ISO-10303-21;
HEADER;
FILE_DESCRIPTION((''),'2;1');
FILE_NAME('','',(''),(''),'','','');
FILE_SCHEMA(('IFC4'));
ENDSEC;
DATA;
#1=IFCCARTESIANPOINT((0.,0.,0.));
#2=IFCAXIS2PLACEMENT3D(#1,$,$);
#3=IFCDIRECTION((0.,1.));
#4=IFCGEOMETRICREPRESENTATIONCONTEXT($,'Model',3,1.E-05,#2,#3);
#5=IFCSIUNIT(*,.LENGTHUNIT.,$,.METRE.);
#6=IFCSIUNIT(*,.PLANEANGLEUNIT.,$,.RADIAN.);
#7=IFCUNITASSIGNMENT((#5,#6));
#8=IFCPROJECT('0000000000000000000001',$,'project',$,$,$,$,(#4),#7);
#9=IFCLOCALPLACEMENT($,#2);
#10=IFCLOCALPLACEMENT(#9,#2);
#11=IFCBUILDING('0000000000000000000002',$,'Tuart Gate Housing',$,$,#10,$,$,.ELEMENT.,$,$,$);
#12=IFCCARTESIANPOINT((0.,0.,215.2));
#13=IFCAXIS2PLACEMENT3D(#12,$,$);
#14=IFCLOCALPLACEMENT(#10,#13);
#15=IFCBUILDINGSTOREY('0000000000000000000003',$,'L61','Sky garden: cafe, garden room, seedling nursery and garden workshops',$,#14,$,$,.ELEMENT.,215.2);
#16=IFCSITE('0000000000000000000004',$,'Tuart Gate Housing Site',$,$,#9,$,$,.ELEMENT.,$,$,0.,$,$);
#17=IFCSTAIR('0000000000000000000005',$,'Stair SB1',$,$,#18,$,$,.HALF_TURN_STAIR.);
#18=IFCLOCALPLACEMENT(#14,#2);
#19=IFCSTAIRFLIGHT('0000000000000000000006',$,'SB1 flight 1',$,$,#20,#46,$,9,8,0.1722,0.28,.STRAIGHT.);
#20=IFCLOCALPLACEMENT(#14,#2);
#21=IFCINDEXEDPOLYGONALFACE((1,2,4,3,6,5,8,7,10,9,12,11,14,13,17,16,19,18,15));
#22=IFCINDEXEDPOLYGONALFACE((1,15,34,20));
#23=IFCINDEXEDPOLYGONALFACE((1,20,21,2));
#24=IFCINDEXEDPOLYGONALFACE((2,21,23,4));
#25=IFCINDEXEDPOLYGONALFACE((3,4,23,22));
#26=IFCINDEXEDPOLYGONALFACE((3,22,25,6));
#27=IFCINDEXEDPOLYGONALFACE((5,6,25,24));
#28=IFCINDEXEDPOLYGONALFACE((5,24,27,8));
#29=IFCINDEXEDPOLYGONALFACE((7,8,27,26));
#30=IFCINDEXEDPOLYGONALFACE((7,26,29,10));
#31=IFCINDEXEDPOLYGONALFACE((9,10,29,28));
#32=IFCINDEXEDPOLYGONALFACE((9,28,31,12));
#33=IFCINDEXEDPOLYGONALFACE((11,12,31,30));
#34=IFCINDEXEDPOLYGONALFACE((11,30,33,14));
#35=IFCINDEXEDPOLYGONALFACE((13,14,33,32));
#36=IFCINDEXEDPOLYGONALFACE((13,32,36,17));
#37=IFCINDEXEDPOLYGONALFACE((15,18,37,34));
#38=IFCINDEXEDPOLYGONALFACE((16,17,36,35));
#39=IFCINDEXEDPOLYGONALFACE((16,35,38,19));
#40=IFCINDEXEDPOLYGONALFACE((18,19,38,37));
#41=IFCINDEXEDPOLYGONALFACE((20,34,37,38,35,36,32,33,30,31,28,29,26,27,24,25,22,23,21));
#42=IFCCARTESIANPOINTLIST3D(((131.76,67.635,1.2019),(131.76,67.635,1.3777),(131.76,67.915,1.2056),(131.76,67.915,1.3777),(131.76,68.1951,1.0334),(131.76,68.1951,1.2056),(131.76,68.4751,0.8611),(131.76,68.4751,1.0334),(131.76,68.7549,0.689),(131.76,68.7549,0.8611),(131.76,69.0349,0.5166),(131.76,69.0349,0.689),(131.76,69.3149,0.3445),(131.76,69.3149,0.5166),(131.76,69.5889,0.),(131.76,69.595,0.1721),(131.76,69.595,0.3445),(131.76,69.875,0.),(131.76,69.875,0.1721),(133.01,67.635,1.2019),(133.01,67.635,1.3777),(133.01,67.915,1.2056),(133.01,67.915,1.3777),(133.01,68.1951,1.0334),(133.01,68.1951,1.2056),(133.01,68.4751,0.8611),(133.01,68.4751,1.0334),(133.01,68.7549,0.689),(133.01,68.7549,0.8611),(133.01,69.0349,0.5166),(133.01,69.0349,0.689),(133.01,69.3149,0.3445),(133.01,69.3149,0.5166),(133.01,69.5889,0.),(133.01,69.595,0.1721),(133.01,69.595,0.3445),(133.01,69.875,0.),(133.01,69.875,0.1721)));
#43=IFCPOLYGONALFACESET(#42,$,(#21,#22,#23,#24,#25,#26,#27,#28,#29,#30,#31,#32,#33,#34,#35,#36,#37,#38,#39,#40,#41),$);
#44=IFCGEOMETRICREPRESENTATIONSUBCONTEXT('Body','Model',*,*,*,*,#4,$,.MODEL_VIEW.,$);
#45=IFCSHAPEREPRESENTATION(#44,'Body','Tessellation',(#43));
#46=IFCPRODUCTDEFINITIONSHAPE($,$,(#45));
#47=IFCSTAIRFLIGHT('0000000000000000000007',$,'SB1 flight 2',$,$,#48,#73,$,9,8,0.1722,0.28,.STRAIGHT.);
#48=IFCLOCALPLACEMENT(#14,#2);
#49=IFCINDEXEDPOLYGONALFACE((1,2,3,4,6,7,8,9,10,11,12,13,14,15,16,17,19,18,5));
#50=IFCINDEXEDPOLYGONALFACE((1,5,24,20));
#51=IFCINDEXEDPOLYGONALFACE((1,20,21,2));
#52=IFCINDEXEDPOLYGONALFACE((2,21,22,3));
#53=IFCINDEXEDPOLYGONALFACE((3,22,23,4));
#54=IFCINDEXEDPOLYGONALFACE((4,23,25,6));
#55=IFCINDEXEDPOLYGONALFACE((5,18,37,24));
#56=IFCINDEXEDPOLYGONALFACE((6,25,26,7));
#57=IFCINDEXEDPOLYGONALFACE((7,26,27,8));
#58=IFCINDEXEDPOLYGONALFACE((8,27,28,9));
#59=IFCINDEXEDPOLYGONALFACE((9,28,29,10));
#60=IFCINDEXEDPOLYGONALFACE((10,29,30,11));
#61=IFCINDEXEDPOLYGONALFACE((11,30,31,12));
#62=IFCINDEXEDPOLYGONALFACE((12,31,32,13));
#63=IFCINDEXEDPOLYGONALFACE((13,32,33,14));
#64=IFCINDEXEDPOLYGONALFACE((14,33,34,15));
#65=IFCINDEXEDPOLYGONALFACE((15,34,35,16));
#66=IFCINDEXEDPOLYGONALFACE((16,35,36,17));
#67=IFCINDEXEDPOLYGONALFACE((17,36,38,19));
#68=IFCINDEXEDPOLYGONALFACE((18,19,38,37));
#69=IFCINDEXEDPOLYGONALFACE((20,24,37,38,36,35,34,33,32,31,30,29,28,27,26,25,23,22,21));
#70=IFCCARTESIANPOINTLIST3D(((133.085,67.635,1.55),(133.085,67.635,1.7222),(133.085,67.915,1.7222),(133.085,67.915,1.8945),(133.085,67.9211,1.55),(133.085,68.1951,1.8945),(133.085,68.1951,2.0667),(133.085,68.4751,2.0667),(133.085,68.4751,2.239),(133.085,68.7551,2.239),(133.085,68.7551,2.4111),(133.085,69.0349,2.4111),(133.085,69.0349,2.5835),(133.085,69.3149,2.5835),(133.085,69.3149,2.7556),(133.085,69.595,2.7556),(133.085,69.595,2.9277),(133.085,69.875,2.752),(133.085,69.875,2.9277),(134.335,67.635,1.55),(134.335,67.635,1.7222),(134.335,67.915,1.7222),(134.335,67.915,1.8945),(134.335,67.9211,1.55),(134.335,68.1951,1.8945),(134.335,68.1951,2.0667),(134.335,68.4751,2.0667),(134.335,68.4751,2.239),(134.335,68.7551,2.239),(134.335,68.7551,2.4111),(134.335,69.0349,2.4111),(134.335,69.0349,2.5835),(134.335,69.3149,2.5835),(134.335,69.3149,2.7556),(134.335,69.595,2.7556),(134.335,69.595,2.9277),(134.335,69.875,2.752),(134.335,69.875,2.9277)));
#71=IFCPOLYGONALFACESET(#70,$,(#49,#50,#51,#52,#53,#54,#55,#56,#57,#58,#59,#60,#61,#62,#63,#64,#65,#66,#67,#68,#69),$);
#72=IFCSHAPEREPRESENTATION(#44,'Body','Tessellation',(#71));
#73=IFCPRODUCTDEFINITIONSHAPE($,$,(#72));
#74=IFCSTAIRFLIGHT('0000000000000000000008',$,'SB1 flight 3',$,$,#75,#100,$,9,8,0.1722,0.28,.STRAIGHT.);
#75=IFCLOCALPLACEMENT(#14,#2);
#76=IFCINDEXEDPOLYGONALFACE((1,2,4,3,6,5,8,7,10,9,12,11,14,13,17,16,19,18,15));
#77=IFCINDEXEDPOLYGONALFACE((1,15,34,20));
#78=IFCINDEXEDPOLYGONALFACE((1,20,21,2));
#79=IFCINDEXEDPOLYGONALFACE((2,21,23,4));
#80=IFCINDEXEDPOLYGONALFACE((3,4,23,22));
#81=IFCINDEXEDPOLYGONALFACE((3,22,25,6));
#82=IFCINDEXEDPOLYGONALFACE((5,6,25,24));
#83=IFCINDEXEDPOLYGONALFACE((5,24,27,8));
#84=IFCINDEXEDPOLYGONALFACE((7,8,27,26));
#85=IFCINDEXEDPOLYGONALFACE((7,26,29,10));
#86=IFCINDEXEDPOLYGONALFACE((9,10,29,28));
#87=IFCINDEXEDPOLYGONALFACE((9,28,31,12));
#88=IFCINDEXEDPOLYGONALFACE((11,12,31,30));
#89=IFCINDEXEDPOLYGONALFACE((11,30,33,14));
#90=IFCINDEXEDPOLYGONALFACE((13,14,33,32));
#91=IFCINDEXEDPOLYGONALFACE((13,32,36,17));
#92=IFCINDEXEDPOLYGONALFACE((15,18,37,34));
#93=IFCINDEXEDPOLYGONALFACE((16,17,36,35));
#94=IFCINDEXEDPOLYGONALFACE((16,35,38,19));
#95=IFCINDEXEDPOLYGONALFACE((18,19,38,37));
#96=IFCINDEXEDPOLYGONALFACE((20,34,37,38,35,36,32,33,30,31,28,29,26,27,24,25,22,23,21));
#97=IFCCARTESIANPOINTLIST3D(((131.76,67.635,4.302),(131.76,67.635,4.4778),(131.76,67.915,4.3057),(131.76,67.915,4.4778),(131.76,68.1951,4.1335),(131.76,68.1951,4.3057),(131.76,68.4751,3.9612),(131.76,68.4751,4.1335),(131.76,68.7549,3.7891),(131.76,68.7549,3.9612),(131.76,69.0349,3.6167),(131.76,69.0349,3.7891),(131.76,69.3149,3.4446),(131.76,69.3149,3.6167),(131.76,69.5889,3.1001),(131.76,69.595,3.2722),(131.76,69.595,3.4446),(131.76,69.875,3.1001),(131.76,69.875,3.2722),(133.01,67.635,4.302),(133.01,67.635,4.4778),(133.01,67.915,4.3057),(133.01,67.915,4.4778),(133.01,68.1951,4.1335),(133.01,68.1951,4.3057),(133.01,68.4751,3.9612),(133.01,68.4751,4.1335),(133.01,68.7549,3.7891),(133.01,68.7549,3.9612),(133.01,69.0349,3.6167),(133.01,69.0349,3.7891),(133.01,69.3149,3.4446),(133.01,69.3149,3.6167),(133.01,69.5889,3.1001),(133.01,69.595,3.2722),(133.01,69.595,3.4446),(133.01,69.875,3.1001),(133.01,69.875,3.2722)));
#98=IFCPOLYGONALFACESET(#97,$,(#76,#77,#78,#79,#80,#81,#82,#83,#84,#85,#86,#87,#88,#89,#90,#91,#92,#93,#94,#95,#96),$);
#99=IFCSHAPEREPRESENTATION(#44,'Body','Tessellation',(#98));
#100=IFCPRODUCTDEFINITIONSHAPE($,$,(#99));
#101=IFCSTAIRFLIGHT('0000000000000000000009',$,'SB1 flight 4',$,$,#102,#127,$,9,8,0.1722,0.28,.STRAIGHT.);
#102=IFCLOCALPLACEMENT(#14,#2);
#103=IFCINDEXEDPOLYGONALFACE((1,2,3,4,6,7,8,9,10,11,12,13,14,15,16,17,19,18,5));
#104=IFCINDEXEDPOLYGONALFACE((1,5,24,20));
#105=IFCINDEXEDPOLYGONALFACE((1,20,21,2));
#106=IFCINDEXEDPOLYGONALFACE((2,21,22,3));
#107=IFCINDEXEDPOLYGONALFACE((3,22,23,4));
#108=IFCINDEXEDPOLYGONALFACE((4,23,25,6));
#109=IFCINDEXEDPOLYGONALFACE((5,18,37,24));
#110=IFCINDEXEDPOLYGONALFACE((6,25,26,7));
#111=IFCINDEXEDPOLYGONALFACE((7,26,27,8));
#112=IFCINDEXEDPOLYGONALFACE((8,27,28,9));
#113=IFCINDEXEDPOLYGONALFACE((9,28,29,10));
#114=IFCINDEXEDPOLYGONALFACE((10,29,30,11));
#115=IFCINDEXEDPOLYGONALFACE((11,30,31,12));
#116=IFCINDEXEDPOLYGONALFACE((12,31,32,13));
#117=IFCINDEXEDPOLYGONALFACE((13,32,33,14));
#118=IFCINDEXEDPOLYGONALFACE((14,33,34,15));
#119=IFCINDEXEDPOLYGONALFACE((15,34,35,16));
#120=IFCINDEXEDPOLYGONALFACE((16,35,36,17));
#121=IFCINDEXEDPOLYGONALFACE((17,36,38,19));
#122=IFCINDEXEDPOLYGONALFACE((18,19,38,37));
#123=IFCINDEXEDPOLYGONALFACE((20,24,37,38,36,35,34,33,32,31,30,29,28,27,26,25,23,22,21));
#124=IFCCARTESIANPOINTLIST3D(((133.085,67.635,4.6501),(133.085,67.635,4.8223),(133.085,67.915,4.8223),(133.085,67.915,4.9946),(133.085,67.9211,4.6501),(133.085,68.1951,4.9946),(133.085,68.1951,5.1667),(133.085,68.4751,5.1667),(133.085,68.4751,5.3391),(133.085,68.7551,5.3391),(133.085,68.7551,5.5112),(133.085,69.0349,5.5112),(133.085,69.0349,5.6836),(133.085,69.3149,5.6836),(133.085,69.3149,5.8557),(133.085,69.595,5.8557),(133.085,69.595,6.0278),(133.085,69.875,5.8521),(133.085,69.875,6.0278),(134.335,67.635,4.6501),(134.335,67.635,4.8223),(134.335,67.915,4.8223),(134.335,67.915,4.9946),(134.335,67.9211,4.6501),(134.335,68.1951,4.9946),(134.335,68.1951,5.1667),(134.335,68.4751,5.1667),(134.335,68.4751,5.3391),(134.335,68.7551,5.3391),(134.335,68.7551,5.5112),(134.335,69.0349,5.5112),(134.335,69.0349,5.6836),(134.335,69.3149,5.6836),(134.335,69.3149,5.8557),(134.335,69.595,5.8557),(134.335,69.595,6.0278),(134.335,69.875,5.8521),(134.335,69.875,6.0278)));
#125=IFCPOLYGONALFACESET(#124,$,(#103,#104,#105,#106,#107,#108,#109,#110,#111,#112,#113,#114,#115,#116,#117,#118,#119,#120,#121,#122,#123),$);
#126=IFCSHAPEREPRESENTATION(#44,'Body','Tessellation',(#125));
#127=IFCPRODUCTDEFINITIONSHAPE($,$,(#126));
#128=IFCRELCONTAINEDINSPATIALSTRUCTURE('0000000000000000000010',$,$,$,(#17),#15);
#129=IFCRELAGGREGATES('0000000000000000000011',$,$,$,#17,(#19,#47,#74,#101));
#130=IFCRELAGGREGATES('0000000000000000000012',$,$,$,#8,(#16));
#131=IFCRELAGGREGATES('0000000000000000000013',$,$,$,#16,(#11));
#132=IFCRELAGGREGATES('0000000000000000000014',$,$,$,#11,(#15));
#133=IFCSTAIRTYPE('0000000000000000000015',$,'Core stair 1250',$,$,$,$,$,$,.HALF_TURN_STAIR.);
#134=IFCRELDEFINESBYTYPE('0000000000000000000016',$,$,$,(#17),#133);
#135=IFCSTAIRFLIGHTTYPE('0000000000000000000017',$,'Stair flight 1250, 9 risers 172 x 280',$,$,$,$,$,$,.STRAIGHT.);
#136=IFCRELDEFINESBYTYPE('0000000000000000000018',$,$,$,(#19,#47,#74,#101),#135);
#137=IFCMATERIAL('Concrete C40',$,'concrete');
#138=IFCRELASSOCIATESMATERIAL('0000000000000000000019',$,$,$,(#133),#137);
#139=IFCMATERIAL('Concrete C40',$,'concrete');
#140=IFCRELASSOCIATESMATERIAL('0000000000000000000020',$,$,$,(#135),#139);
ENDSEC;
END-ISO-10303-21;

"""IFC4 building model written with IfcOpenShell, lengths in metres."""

from ifc_helpers import new_model, si_unit, direction, frame, origin, place, context, subcontext, project, spatial, polyline, outline, extrude, material, type_object, element, aggregate, save


model = new_model("IFC4")

# Units and contexts
model_context = context("Model", 3, precision=1e-05, world=origin(), true_north=direction((0.0, 1.0)))
body_context = subcontext(model_context, "Body", "Model", "MODEL_VIEW")
ifc_project = project(units=[si_unit("LENGTHUNIT", "METRE"), si_unit("PLANEANGLEUNIT", "RADIAN")], contexts=[model_context])

# Site, building, storey
site_placement = place(None, origin())
site = spatial("IfcSite", under=ifc_project, at=site_placement, Name="Tuart Gate Housing Site", CompositionType="ELEMENT", RefElevation=0.0)
building_placement = place(site_placement, origin())
building = spatial("IfcBuilding", under=site, at=building_placement, Name="Tuart Gate Housing", CompositionType="ELEMENT")
storey_placement = place(building_placement, frame((0.0, 0.0, 215.2)))
storey = spatial("IfcBuildingStorey", under=building, at=storey_placement, Name="L61", Description="Sky garden: cafe, garden room, seedling nursery and garden workshops", CompositionType="ELEMENT", Elevation=215.2)

# Stair, stair flights
ifc_material_1 = material(Name="Concrete C40", Category="concrete")
stair_type = type_object("IfcStairType", Name="Core stair 1250", PredefinedType="HALF_TURN_STAIR", material=ifc_material_1)
stair_placement = place(storey_placement, origin())
stair = element("IfcStair", 1, at=stair_placement, inside=storey, type_object=stair_type, Name="Stair SB1", PredefinedType="HALF_TURN_STAIR")
ifc_material_2 = material(Name="Concrete C40", Category="concrete")
stair_flight_type = type_object("IfcStairFlightType", Name="Stair flight 1250, 9 risers 172 x 280", PredefinedType="STRAIGHT", material=ifc_material_2)
stair_flight_1_placement = place(storey_placement, frame((132.385, 69.875, 0.0), z_axis=(0.0, 0.0, 1.0), x_axis=(0.0, -1.0, 0.0)))
stair_flight_1 = element("IfcStairFlight", 2, at=stair_flight_1_placement, type_object=stair_flight_type, Name="SB1 flight 1", NumberOfRisers=9, NumberOfTreads=8, PredefinedType="STRAIGHT", RiserHeight=0.1722, TreadLength=0.28, context=body_context, shape_type="SweptSolid", body=[
    extrude(outline(polyline([(0.0, 0.0), (0.0, 0.1721), (0.28, 0.1721), (0.28, 0.3445), (0.5601, 0.3445), (0.5601, 0.5166), (0.8401, 0.5166), (0.8401, 0.689), (1.1201, 0.689), (1.1201, 0.8611), (1.3999, 0.8611), (1.3999, 1.0334), (1.6799, 1.0334), (1.6799, 1.2056), (1.96, 1.2056), (1.96, 1.3777), (2.24, 1.3777), (2.24, 1.55), (2.24, 1.2019), (0.2861, 0.0), (0.0, 0.0)])), frame((0.0, 0.625, 0.0), z_axis=(0.0, -1.0, 0.0), x_axis=(1.0, 0.0, 0.0)), (0.0, 0.0, 1.0), 1.25),
])
stair_flight_2_placement = place(storey_placement, frame((133.71, 67.635, 1.55), z_axis=(0.0, 0.0, 1.0), x_axis=(0.0, 1.0, 0.0)))
stair_flight_2 = element("IfcStairFlight", 3, at=stair_flight_2_placement, type_object=stair_flight_type, Name="SB1 flight 2", NumberOfRisers=9, NumberOfTreads=8, PredefinedType="STRAIGHT", RiserHeight=0.1722, TreadLength=0.28, context=body_context, shape_type="SweptSolid", body=[
    extrude(outline(polyline([(0.0, 0.0), (0.0, 0.1721), (0.28, 0.1721), (0.28, 0.3445), (0.5601, 0.3445), (0.5601, 0.5166), (0.8401, 0.5166), (0.8401, 0.689), (1.1201, 0.689), (1.1201, 0.8611), (1.3999, 0.8611), (1.3999, 1.0334), (1.6799, 1.0334), (1.6799, 1.2056), (1.96, 1.2056), (1.96, 1.3777), (2.24, 1.3777), (2.24, 1.55), (2.24, 1.2019), (0.2861, 0.0), (0.0, 0.0)])), frame((0.0, 0.625, 0.0), z_axis=(0.0, -1.0, 0.0), x_axis=(1.0, 0.0, 0.0)), (0.0, 0.0, 1.0), 1.25),
])
stair_flight_3_placement = place(storey_placement, frame((132.385, 69.875, 3.1001), z_axis=(0.0, 0.0, 1.0), x_axis=(0.0, -1.0, 0.0)))
stair_flight_3 = element("IfcStairFlight", 4, at=stair_flight_3_placement, type_object=stair_flight_type, Name="SB1 flight 3", NumberOfRisers=9, NumberOfTreads=8, PredefinedType="STRAIGHT", RiserHeight=0.1722, TreadLength=0.28, context=body_context, shape_type="SweptSolid", body=[
    extrude(outline(polyline([(0.0, 0.0), (0.0, 0.1721), (0.28, 0.1721), (0.28, 0.3445), (0.5601, 0.3445), (0.5601, 0.5166), (0.8401, 0.5166), (0.8401, 0.689), (1.1201, 0.689), (1.1201, 0.8611), (1.3999, 0.8611), (1.3999, 1.0334), (1.6799, 1.0334), (1.6799, 1.2056), (1.96, 1.2056), (1.96, 1.3777), (2.24, 1.3777), (2.24, 1.55), (2.24, 1.2019), (0.2861, 0.0), (0.0, 0.0)])), frame((0.0, 0.625, 0.0), z_axis=(0.0, -1.0, 0.0), x_axis=(1.0, 0.0, 0.0)), (0.0, 0.0, 1.0), 1.25),
])
stair_flight_4_placement = place(storey_placement, frame((133.71, 67.635, 4.6501), z_axis=(0.0, 0.0, 1.0), x_axis=(0.0, 1.0, 0.0)))
stair_flight_4 = element("IfcStairFlight", 5, at=stair_flight_4_placement, type_object=stair_flight_type, Name="SB1 flight 4", NumberOfRisers=9, NumberOfTreads=8, PredefinedType="STRAIGHT", RiserHeight=0.1722, TreadLength=0.28, context=body_context, shape_type="SweptSolid", body=[
    extrude(outline(polyline([(0.0, 0.0), (0.0, 0.1721), (0.28, 0.1721), (0.28, 0.3445), (0.5601, 0.3445), (0.5601, 0.5166), (0.8401, 0.5166), (0.8401, 0.689), (1.1201, 0.689), (1.1201, 0.8611), (1.3999, 0.8611), (1.3999, 1.0334), (1.6799, 1.0334), (1.6799, 1.2056), (1.96, 1.2056), (1.96, 1.3777), (2.24, 1.3777), (2.24, 1.55), (2.24, 1.2019), (0.2861, 0.0), (0.0, 0.0)])), frame((0.0, 0.625, 0.0), z_axis=(0.0, -1.0, 0.0), x_axis=(1.0, 0.0, 0.0)), (0.0, 0.0, 1.0), 1.25),
])
aggregate(stair, [stair_flight_1, stair_flight_2, stair_flight_3, stair_flight_4])

save(model, "model.ifc")
